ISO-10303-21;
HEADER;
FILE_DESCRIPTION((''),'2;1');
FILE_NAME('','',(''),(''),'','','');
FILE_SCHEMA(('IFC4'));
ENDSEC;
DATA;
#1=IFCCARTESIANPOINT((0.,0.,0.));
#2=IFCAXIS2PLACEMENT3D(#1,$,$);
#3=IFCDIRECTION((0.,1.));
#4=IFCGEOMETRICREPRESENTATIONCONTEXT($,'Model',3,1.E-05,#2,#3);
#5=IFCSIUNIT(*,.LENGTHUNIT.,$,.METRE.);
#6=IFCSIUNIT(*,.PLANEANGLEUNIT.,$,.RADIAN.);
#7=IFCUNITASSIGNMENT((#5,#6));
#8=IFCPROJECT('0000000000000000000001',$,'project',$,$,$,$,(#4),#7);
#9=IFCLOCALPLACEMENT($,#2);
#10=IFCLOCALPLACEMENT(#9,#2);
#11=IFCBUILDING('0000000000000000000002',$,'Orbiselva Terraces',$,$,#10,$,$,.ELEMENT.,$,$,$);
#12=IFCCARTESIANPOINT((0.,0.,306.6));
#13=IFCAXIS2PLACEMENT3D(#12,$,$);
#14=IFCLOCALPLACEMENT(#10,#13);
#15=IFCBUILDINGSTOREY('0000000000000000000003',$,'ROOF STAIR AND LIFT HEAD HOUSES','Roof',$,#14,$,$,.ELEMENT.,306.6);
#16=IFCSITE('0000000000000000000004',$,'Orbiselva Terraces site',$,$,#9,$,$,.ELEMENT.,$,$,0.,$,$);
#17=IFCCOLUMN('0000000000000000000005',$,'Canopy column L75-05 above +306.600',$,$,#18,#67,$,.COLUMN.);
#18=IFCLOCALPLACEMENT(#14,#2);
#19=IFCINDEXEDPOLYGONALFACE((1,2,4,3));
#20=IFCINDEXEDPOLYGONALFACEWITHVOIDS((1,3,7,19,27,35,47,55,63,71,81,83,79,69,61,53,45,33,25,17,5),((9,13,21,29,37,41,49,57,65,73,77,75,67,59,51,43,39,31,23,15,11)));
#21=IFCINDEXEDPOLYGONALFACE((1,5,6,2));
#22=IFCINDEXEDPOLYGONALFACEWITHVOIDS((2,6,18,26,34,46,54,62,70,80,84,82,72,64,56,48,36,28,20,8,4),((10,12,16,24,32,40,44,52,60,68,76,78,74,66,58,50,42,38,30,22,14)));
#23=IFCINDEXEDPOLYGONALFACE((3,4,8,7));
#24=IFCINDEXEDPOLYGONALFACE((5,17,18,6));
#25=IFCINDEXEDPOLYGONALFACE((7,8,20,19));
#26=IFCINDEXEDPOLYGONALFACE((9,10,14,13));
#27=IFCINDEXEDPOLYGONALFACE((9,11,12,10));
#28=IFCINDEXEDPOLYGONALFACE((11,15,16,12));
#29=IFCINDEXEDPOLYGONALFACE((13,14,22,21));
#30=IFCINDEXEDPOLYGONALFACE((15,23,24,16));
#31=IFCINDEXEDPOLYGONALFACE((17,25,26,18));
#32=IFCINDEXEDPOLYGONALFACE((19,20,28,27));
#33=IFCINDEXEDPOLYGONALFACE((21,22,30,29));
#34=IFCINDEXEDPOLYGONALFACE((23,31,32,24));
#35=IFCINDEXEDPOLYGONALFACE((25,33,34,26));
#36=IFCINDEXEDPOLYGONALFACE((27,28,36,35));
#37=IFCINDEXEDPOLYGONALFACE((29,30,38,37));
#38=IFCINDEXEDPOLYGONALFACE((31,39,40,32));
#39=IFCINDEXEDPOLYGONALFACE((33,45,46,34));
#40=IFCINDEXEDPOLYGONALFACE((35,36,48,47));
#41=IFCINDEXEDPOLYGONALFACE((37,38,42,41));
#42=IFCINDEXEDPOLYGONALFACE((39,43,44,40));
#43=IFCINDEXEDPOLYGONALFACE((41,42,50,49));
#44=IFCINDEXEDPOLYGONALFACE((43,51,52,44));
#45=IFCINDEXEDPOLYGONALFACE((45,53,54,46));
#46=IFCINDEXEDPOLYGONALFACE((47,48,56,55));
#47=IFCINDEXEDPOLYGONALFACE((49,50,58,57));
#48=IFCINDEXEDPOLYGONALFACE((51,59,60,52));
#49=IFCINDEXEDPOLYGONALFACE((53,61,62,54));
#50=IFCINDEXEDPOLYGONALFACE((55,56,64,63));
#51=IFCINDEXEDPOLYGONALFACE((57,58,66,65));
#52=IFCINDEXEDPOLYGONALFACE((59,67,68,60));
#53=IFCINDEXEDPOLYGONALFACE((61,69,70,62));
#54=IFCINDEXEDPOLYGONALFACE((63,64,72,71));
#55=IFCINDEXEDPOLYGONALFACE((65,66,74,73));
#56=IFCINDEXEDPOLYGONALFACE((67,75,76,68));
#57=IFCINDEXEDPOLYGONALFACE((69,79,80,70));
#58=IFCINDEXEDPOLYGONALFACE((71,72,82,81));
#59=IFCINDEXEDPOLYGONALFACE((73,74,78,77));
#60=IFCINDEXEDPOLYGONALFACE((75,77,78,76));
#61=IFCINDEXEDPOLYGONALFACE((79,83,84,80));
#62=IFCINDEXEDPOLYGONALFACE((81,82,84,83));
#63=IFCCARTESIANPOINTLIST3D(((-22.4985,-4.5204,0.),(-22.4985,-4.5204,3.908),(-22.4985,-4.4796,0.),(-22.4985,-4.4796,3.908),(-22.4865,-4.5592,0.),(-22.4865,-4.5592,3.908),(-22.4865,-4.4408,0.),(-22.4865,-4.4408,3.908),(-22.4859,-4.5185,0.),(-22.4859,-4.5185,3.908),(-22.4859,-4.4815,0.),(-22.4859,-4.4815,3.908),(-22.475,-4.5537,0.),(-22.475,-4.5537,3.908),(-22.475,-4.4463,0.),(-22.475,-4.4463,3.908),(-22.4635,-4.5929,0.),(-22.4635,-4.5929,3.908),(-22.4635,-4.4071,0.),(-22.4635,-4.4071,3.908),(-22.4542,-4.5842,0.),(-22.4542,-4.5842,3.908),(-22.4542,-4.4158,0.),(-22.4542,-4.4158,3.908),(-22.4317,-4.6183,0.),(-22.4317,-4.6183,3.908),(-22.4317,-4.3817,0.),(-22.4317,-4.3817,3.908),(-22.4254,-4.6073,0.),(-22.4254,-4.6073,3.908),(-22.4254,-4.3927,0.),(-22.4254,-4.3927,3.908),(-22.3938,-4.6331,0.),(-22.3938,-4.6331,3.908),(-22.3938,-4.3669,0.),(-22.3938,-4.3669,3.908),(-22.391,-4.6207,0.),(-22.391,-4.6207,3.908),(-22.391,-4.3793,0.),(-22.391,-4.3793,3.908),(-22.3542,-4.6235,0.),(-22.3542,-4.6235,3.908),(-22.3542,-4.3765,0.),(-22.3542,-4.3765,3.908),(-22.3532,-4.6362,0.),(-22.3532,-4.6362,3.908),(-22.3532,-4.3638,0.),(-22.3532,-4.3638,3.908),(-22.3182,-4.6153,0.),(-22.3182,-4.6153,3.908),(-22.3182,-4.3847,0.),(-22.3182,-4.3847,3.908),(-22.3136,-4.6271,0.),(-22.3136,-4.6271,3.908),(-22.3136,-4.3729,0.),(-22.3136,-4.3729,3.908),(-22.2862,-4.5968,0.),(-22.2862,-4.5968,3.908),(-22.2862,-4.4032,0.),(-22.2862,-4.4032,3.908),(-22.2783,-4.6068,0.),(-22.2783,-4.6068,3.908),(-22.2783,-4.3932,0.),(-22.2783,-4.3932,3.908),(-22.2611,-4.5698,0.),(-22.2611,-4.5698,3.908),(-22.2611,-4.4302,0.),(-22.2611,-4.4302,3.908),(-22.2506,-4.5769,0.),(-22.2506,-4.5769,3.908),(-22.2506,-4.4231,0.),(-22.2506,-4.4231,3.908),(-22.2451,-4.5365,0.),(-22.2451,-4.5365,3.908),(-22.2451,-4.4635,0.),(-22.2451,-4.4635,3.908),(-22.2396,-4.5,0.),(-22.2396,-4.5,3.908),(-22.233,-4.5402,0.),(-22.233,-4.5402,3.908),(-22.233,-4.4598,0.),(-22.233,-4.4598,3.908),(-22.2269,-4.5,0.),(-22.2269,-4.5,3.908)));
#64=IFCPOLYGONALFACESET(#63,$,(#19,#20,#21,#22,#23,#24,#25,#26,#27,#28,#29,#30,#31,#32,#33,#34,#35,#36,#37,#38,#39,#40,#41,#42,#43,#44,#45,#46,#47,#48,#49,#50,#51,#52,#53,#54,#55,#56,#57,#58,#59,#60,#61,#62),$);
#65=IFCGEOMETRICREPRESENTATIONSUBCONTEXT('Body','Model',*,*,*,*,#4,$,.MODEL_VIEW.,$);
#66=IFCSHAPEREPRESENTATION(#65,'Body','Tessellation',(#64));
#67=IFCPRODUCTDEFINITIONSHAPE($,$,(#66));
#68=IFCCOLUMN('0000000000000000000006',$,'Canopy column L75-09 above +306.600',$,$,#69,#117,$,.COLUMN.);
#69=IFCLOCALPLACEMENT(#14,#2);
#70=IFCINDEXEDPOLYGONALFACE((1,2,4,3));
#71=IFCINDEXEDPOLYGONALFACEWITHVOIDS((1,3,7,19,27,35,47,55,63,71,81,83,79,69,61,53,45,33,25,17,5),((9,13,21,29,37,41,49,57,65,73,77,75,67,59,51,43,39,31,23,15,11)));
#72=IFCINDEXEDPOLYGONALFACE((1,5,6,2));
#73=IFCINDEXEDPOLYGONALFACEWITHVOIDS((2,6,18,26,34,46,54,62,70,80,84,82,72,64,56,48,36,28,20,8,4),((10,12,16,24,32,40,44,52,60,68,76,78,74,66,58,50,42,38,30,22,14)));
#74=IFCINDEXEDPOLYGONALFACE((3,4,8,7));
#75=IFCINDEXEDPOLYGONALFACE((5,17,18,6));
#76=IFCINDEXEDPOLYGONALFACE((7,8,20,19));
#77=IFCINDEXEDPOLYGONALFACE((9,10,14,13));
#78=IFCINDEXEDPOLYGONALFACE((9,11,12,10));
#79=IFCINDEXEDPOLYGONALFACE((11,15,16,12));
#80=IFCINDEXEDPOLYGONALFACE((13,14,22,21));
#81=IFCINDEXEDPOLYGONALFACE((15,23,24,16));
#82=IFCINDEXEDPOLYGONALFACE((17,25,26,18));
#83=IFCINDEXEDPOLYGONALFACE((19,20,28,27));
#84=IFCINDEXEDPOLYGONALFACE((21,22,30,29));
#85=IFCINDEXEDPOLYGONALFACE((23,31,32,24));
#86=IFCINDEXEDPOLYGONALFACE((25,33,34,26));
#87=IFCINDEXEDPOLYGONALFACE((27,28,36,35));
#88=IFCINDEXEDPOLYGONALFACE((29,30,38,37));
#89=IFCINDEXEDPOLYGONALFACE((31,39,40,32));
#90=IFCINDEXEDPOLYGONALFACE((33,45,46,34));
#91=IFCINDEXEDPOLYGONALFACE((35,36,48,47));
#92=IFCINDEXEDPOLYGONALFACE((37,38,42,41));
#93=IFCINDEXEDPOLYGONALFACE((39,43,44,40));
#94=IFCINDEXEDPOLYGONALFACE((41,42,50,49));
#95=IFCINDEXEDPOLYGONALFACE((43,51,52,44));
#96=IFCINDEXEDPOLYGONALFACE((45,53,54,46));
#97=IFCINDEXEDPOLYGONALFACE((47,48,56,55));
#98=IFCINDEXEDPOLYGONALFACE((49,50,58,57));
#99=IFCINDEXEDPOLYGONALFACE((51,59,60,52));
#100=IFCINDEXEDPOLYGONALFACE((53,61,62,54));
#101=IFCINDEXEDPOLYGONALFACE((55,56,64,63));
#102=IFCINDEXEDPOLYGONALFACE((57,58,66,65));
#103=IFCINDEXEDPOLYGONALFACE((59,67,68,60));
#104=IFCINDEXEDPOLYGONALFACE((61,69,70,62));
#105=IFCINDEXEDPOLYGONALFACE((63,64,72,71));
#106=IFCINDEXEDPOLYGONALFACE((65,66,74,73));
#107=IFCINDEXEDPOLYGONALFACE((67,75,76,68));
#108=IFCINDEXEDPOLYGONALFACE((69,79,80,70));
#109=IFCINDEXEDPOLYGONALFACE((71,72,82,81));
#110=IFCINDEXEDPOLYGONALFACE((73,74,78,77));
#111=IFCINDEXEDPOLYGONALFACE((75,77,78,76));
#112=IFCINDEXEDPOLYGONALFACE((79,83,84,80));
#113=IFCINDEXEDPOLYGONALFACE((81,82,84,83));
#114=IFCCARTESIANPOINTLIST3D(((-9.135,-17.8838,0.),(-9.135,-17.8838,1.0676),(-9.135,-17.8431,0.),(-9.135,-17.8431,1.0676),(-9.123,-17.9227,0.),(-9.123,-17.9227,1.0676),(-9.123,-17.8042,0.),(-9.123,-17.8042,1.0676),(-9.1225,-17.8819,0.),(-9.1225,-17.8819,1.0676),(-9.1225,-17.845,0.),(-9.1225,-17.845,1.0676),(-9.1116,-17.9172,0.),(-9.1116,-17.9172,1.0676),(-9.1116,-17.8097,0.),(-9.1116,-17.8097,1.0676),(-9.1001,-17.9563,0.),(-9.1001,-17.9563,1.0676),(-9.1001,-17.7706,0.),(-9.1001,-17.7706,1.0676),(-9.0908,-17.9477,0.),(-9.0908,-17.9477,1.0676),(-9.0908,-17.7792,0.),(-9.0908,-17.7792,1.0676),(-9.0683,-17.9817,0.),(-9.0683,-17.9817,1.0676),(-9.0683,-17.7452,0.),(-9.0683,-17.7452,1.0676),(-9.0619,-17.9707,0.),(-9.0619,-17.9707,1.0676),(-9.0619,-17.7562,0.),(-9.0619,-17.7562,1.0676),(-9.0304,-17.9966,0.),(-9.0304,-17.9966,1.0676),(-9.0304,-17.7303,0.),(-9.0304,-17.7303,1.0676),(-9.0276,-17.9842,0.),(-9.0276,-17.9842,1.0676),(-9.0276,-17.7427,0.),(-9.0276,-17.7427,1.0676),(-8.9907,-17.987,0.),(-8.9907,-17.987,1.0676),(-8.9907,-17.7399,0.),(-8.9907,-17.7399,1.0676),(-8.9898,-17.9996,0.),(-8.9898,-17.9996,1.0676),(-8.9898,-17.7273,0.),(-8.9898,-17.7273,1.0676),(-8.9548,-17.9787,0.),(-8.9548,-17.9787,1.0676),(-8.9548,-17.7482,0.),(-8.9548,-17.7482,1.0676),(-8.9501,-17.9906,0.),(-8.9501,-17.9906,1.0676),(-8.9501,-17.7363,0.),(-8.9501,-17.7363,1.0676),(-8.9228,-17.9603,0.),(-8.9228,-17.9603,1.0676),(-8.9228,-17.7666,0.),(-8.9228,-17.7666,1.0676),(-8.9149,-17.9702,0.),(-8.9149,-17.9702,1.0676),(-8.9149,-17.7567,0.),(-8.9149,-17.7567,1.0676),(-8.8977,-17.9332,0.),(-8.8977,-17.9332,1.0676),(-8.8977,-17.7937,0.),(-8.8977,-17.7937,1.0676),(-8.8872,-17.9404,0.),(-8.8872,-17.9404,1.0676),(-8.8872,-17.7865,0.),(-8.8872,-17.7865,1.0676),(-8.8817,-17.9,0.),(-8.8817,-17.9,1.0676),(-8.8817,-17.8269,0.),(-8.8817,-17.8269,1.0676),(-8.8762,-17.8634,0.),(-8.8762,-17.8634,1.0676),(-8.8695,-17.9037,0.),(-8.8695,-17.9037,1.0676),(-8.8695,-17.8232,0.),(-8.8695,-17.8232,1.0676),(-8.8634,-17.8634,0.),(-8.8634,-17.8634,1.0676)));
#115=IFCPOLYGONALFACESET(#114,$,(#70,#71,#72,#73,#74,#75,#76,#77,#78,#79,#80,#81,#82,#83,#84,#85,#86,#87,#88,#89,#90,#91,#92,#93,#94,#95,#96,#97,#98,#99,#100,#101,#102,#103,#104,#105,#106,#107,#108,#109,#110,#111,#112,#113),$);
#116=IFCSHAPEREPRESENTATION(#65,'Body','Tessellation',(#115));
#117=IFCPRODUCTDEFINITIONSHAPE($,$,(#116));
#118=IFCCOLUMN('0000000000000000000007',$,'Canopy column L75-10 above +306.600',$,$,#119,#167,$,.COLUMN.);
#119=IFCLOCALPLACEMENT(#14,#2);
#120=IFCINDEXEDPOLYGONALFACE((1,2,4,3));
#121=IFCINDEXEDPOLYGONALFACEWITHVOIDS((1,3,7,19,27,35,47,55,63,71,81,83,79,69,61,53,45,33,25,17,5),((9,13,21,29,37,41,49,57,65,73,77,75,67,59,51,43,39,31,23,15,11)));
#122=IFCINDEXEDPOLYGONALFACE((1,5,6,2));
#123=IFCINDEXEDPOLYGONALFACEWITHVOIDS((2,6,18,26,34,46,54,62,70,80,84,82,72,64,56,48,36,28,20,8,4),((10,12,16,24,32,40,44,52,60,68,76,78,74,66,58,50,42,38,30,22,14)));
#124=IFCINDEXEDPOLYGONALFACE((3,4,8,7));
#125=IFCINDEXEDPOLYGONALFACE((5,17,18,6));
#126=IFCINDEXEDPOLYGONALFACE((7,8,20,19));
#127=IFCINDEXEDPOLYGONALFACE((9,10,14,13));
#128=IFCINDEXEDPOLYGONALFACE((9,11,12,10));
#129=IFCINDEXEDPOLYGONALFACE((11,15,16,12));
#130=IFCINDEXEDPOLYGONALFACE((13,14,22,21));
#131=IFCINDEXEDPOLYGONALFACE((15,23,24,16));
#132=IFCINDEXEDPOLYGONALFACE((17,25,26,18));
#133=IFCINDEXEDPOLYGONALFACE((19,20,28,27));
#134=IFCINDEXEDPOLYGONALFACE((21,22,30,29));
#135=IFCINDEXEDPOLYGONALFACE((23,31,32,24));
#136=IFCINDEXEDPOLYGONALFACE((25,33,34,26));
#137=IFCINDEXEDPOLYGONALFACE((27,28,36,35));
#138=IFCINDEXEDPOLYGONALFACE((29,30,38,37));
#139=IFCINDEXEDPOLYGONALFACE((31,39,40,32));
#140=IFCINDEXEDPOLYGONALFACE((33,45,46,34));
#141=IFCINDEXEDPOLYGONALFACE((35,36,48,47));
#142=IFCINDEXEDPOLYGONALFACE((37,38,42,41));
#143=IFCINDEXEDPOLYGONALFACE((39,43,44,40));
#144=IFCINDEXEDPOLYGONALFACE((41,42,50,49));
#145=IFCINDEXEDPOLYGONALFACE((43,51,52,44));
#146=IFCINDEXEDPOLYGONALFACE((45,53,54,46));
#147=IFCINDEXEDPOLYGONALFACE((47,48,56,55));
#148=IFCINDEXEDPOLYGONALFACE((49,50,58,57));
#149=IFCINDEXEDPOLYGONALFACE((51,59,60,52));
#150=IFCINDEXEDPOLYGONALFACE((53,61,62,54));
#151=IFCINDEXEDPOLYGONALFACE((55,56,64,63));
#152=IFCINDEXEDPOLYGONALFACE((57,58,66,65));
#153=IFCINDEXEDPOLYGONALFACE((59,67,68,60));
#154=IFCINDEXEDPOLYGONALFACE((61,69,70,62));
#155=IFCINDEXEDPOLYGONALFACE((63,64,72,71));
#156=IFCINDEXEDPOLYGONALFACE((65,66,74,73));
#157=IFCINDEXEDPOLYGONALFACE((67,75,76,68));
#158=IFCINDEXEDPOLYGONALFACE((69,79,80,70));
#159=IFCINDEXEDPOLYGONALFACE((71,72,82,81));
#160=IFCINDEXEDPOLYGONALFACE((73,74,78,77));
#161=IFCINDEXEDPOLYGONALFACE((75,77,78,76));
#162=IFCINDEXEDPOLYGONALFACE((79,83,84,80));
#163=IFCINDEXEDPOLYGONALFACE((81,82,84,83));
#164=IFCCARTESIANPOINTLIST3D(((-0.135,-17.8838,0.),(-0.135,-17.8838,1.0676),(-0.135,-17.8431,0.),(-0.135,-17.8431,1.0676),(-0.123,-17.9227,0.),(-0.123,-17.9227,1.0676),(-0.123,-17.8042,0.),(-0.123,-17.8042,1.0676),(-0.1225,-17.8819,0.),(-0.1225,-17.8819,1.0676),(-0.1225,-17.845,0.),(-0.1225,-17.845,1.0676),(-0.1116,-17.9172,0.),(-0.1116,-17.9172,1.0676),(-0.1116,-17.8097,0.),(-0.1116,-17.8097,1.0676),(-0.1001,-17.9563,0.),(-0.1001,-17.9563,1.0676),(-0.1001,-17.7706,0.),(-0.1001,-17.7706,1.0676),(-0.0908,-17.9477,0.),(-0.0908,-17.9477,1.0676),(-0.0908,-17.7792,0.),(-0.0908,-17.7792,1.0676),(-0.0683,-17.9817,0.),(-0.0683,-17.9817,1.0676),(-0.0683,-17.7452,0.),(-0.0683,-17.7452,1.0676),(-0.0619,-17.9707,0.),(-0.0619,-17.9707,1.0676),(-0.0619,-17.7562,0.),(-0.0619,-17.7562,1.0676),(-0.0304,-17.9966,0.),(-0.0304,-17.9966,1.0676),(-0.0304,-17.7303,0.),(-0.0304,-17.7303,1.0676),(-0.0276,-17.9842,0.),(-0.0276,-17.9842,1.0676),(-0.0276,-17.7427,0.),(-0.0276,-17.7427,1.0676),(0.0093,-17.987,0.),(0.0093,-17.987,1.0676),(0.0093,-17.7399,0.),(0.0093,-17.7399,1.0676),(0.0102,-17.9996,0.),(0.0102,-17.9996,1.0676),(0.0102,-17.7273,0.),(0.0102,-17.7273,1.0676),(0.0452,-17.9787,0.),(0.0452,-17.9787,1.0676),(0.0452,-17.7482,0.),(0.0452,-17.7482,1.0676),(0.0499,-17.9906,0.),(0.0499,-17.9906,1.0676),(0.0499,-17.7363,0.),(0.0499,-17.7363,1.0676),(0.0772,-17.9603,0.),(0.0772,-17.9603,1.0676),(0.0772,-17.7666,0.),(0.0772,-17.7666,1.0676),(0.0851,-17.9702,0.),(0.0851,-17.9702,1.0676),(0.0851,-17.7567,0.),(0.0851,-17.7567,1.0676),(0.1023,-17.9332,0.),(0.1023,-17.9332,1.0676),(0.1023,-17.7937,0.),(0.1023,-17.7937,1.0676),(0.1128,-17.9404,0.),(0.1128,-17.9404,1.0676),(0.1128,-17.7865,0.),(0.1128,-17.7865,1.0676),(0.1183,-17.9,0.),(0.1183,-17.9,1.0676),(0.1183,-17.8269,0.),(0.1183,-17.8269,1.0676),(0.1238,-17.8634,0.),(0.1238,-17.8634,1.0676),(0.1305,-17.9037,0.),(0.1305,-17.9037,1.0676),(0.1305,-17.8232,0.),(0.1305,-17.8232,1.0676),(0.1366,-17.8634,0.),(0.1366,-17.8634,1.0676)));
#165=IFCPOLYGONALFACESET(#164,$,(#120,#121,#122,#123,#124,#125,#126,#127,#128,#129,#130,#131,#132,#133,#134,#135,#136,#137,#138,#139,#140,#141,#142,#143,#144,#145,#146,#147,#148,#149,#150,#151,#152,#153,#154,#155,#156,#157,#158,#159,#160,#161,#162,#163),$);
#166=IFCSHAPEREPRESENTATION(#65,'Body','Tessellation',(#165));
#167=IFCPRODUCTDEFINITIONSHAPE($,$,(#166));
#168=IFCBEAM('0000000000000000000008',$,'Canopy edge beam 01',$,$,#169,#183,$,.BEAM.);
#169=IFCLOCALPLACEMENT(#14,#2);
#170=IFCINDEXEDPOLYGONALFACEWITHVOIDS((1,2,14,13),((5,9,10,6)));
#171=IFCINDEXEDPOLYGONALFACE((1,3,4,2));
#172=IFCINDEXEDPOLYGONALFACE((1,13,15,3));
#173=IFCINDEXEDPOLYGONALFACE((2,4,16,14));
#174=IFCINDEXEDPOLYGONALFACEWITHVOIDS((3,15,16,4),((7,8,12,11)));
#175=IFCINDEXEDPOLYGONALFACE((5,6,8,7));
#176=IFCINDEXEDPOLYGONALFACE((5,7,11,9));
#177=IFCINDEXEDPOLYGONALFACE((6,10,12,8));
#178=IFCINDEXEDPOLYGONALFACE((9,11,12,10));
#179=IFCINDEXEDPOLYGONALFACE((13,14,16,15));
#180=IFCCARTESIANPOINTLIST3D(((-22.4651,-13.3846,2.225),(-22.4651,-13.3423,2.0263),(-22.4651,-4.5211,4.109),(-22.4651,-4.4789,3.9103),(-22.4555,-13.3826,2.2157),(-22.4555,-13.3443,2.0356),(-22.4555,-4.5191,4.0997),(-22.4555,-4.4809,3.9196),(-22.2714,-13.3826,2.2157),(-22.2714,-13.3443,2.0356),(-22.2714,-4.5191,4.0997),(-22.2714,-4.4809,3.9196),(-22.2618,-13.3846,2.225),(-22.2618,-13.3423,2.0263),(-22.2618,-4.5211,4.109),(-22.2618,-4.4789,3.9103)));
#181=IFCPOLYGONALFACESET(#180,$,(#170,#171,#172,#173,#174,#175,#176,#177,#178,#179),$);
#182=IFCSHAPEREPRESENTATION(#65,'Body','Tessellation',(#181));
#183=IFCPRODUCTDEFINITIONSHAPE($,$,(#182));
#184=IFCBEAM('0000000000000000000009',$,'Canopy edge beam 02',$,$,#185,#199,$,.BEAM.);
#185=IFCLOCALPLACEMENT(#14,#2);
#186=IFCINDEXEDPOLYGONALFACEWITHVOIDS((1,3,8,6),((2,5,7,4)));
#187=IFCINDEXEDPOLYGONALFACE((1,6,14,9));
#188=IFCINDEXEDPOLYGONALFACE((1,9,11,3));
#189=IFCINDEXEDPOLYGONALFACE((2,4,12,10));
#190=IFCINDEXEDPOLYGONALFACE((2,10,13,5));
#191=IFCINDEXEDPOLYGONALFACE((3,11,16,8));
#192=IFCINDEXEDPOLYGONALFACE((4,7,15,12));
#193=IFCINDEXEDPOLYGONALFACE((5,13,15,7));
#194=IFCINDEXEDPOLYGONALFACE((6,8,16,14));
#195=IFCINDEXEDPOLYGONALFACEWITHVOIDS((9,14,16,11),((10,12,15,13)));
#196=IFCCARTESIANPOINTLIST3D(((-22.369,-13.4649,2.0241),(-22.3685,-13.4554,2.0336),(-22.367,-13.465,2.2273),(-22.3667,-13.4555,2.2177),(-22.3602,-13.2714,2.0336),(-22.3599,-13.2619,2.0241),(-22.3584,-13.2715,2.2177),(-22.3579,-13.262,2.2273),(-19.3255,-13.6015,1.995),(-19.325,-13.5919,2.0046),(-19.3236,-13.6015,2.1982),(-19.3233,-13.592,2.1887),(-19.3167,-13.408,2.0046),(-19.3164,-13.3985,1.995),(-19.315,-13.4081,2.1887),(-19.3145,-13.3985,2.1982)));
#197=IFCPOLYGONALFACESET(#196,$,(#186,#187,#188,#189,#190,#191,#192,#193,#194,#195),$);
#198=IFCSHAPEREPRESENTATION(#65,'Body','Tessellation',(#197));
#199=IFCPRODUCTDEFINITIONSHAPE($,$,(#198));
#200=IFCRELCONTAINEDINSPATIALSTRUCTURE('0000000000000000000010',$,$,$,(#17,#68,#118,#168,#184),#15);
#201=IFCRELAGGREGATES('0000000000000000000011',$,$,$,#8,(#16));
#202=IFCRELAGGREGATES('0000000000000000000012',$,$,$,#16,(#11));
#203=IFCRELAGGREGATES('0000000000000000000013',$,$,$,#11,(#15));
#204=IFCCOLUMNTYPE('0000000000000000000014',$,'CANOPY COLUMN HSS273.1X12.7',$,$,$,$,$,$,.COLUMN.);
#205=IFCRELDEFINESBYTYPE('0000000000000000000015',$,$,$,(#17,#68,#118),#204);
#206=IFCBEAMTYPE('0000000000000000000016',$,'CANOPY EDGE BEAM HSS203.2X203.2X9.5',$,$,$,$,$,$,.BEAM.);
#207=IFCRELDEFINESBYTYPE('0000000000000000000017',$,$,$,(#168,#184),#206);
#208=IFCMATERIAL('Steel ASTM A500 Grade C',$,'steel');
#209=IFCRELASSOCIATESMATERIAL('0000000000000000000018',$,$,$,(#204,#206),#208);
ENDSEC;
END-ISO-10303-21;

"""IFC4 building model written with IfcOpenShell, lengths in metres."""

from ifc_helpers import new_model, si_unit, direction, frame, origin, origin_2d, place, context, subcontext, project, spatial, hollow_rectangle, hollow_circle, extrude, material, material_profile, profile_set, type_object, element, save


model = new_model("IFC4")

# Units and contexts
model_context = context("Model", 3, precision=1e-05, world=origin(), true_north=direction((0.0, 1.0)))
body_context = subcontext(model_context, "Body", "Model", "MODEL_VIEW")
ifc_project = project(units=[si_unit("LENGTHUNIT", "METRE"), si_unit("PLANEANGLEUNIT", "RADIAN")], contexts=[model_context])

# Site, building, storey
site_placement = place(None, origin())
site = spatial("IfcSite", under=ifc_project, at=site_placement, Name="Orbiselva Terraces site", CompositionType="ELEMENT", RefElevation=0.0)
building_placement = place(site_placement, origin())
building = spatial("IfcBuilding", under=site, at=building_placement, Name="Orbiselva Terraces", CompositionType="ELEMENT")
storey_placement = place(building_placement, frame((0.0, 0.0, 306.6)))
storey = spatial("IfcBuildingStorey", under=building, at=storey_placement, Name="ROOF STAIR AND LIFT HEAD HOUSES", Description="Roof", CompositionType="ELEMENT", Elevation=306.6)

# Columns
ifc_material = material(Name="Steel ASTM A500 Grade C", Category="steel")
ifc_material_profile_1 = material_profile(ifc_material, hollow_circle(Radius=0.1366, WallThickness=0.0127, at=origin_2d()), Name="HSS273.1X12.7")
ifc_profile_set_1 = profile_set([ifc_material_profile_1], Name="Steel ASTM A500 Grade C")
column_type = type_object("IfcColumnType", Name="CANOPY COLUMN HSS273.1X12.7", PredefinedType="COLUMN", material=ifc_profile_set_1)
column_1_placement = place(storey_placement, frame((-22.3635, -4.5, 0.0), z_axis=(0.0, 0.0, 1.0), x_axis=(1.0, 0.0, 0.0)))
element("IfcColumn", 1, at=column_1_placement, inside=storey, type_object=column_type, Name="Canopy column L75-05 above +306.600", PredefinedType="COLUMN", context=body_context, shape_type="SweptSolid", body=[
    extrude(hollow_circle(Radius=0.1366, WallThickness=0.0127, at=origin_2d()), origin(), (0.0, 0.0, 1.0), 3.908),
])
for number, where, z_axis, x_axis, name in (
    (2, (-9.0, -17.8635, 0.0), (0.0, 0.0, 1.0), (1.0, 0.0, 0.0), "Canopy column L75-09 above +306.600"),
    (3, (0.0, -17.8635, 0.0), (0.0, 0.0, 1.0), (1.0, 0.0, 0.0), "Canopy column L75-10 above +306.600"),
):
    element("IfcColumn", number, at=place(storey_placement, frame(where, z_axis=z_axis, x_axis=x_axis)), inside=storey, type_object=column_type, Name=name, PredefinedType="COLUMN", context=body_context, shape_type="SweptSolid", body=[
        extrude(hollow_circle(Radius=0.1366, WallThickness=0.0127, at=origin_2d()), origin(), (0.0, 0.0, 1.0), 1.0676),
    ])

# Beams
ifc_material_profile_2 = material_profile(ifc_material, hollow_rectangle(XDim=0.2032, YDim=0.2032, WallThickness=0.0095, at=origin_2d()), Name="HSS203.2X203.2X9.5")
ifc_profile_set_2 = profile_set([ifc_material_profile_2], Name="Steel ASTM A500 Grade C")
beam_type = type_object("IfcBeamType", Name="CANOPY EDGE BEAM HSS203.2X203.2X9.5", PredefinedType="BEAM", material=ifc_profile_set_2)
beam_1_placement = place(storey_placement, frame((-22.3635, -4.5, 4.0096), z_axis=(0.0, -0.978148, -0.207912), x_axis=(1.0, 0.0, 0.0)))
element("IfcBeam", 4, at=beam_1_placement, inside=storey, type_object=beam_type, Name="Canopy edge beam 01", PredefinedType="BEAM", context=body_context, shape_type="SweptSolid", body=[
    extrude(hollow_rectangle(XDim=0.2032, YDim=0.2032, WallThickness=0.0095, at=origin_2d()), origin(), (0.0, 0.0, 1.0), 9.0615),
])
beam_2_placement = place(storey_placement, frame((-22.3635, -13.3635, 2.1257), z_axis=(0.99895, -0.04482, -0.009527), x_axis=(0.044822, 0.998995, 0.0)))
element("IfcBeam", 5, at=beam_2_placement, inside=storey, type_object=beam_type, Name="Canopy edge beam 02", PredefinedType="BEAM", context=body_context, shape_type="SweptSolid", body=[
    extrude(hollow_rectangle(XDim=0.2032, YDim=0.2032, WallThickness=0.0095, at=origin_2d()), origin(), (0.0, 0.0, 1.0), 3.0467),
])

save(model, "model.ifc")
